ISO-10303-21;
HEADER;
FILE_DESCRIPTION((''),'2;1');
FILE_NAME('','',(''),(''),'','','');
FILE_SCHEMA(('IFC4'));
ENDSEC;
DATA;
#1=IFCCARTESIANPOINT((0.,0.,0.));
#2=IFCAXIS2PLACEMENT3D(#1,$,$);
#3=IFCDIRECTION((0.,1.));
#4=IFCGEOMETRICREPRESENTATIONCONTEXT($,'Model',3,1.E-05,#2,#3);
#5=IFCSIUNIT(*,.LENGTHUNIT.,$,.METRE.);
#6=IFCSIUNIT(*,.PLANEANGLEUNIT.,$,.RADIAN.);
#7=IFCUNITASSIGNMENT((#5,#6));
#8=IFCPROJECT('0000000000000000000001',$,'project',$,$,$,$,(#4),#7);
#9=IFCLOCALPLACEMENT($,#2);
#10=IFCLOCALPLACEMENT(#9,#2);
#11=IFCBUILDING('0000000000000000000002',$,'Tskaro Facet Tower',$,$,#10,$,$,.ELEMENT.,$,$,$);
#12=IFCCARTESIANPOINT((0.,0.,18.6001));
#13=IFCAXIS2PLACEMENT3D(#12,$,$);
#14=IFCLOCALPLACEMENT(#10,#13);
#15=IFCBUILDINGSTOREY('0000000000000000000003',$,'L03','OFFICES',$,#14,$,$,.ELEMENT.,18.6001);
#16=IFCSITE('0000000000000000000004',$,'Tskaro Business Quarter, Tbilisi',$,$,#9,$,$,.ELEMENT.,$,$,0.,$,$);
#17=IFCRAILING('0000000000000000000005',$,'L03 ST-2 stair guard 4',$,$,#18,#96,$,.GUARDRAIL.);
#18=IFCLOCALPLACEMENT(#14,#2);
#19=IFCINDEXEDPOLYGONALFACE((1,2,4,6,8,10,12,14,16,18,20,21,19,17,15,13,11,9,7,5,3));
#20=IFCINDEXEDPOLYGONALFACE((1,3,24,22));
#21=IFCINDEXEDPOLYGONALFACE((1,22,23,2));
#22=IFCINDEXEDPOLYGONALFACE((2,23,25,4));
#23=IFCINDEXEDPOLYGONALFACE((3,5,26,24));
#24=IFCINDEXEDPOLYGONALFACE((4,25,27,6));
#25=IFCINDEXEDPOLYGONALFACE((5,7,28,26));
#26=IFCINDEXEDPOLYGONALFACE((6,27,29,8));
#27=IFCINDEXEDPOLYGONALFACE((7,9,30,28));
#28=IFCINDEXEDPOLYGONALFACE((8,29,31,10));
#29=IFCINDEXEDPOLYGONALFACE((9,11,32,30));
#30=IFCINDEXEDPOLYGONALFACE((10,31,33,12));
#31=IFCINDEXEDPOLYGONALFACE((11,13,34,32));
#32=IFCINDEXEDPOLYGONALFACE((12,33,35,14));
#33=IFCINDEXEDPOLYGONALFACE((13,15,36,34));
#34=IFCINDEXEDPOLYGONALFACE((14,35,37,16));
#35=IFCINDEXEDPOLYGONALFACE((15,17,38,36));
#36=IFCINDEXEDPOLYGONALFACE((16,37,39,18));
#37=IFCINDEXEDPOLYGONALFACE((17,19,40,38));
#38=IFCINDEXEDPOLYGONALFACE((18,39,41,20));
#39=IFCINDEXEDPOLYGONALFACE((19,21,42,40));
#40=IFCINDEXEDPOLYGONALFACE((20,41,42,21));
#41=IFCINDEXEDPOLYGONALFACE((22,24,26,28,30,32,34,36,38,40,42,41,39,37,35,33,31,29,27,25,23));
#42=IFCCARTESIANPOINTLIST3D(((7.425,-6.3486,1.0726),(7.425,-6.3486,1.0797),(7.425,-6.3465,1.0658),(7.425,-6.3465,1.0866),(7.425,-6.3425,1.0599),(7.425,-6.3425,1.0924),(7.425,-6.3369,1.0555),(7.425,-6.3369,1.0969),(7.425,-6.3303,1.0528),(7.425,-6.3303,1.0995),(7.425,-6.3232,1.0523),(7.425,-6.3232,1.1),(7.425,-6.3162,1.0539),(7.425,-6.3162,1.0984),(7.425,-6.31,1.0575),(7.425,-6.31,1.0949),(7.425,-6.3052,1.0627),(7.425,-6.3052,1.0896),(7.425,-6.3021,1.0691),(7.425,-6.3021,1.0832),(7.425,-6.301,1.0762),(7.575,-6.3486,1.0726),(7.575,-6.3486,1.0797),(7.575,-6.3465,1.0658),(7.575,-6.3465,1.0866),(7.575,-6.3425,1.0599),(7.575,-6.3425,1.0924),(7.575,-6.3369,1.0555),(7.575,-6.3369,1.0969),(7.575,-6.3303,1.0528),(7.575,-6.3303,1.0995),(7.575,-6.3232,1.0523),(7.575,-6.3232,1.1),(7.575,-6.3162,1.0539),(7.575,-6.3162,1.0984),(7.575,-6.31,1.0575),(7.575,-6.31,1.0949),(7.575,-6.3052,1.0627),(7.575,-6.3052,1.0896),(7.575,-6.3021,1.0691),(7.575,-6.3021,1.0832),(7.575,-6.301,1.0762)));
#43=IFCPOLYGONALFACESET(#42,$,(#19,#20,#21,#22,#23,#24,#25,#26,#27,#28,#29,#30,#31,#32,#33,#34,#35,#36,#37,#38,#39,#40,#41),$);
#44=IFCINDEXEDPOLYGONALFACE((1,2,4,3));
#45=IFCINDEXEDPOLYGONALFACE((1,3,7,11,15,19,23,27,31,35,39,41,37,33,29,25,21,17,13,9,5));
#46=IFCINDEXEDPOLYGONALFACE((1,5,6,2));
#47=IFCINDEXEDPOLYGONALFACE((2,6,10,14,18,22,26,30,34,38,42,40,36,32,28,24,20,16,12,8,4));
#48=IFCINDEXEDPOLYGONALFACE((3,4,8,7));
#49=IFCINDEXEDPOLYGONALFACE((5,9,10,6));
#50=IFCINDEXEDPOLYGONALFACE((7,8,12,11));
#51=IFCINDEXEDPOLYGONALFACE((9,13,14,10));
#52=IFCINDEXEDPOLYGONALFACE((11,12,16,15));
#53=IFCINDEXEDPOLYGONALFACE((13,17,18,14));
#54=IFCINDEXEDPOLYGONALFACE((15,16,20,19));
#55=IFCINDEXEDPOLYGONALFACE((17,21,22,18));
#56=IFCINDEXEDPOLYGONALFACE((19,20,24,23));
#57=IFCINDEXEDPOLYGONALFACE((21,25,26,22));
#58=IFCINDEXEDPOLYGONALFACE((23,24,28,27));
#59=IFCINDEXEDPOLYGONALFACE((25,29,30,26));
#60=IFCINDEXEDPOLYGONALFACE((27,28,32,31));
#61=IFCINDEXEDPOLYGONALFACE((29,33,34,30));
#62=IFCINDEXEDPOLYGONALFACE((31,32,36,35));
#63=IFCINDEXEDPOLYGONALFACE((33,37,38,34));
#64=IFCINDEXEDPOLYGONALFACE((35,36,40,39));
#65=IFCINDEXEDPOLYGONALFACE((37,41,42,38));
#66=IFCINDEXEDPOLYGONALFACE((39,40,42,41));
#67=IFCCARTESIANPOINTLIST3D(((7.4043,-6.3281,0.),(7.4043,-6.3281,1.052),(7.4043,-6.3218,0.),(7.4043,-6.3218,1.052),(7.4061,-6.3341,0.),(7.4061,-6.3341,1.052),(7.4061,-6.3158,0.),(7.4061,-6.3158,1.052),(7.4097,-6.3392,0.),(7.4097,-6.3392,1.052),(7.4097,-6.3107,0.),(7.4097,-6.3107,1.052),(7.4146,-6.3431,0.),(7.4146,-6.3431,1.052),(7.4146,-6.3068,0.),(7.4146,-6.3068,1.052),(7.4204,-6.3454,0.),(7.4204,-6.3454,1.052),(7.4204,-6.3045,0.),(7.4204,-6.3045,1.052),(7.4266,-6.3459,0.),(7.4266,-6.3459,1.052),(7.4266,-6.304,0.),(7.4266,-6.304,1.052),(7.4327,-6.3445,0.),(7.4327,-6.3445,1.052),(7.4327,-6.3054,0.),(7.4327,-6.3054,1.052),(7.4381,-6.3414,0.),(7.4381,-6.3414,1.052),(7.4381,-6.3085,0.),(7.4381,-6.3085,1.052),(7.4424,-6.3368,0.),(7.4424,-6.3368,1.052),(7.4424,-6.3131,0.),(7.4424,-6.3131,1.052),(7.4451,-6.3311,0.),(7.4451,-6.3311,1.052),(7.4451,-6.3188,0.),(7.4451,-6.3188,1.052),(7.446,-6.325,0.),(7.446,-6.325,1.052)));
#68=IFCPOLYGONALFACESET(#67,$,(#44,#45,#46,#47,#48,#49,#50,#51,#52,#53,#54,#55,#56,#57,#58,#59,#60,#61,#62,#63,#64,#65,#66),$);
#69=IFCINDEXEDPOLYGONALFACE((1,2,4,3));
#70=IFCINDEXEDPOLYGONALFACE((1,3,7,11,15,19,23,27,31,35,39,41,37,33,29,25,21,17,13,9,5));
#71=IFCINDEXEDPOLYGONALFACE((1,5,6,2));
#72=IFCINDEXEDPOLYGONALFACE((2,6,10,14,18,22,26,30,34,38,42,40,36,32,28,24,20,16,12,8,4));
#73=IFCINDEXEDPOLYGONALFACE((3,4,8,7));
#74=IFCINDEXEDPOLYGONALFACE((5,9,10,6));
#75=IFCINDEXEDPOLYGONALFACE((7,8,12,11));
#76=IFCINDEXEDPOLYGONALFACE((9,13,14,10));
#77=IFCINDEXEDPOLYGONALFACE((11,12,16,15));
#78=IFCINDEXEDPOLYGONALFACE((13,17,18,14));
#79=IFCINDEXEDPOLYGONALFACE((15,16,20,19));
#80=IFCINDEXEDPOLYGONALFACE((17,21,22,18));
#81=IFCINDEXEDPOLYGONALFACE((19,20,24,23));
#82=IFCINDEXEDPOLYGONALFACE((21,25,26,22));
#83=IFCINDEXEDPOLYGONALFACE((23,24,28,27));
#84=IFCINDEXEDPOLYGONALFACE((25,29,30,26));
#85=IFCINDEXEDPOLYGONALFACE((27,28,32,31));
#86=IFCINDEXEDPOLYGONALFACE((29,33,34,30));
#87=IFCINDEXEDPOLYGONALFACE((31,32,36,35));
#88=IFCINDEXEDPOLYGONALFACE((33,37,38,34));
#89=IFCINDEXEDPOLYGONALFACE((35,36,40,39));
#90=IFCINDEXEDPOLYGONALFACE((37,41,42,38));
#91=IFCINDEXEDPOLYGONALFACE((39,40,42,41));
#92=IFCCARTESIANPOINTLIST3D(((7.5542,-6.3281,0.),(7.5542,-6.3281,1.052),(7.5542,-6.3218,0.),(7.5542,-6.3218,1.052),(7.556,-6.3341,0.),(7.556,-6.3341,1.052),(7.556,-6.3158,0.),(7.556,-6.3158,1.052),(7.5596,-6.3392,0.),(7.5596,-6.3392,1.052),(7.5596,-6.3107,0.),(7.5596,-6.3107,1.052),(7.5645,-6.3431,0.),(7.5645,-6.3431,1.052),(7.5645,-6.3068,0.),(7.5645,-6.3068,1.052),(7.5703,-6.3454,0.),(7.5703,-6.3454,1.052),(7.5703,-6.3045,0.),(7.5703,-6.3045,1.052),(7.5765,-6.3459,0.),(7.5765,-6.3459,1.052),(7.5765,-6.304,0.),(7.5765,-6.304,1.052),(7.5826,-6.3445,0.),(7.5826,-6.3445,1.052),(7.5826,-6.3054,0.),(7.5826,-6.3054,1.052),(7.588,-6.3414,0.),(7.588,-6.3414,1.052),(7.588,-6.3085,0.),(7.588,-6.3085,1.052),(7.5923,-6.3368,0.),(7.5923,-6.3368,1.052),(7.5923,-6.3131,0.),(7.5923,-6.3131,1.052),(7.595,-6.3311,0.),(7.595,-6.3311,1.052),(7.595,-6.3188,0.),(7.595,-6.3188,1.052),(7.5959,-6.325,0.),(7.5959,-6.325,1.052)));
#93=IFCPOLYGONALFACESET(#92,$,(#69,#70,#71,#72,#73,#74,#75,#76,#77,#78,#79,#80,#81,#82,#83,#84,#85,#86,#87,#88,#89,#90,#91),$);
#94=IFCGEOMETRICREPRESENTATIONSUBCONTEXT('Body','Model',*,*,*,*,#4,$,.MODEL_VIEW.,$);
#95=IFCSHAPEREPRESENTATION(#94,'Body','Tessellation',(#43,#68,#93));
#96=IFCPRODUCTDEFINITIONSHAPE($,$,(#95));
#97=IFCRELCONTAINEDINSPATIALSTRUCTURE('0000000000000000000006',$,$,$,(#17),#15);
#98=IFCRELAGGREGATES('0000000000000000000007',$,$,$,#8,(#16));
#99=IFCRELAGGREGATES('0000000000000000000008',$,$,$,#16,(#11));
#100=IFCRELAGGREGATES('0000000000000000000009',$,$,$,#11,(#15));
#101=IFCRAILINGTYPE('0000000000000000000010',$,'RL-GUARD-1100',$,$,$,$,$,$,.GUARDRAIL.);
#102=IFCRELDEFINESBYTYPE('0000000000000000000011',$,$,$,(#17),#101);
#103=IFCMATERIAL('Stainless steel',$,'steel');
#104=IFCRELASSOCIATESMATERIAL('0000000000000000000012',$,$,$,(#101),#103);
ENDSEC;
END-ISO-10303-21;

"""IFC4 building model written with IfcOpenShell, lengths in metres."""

from ifc_helpers import new_model, si_unit, direction, frame, origin, origin_2d, place, context, subcontext, project, spatial, circle, extrude, material, type_object, element, save


model = new_model("IFC4")

# Units and contexts
model_context = context("Model", 3, precision=1e-05, world=origin(), true_north=direction((0.0, 1.0)))
body_context = subcontext(model_context, "Body", "Model", "MODEL_VIEW")
ifc_project = project(units=[si_unit("LENGTHUNIT", "METRE"), si_unit("PLANEANGLEUNIT", "RADIAN")], contexts=[model_context])

# Site, building, storey
site_placement = place(None, origin())
site = spatial("IfcSite", under=ifc_project, at=site_placement, Name="Tskaro Business Quarter, Tbilisi", CompositionType="ELEMENT", RefElevation=0.0)
building_placement = place(site_placement, origin())
building = spatial("IfcBuilding", under=site, at=building_placement, Name="Tskaro Facet Tower", CompositionType="ELEMENT")
storey_placement = place(building_placement, frame((0.0, 0.0, 18.6001)))
storey = spatial("IfcBuildingStorey", under=building, at=storey_placement, Name="L03", Description="OFFICES", CompositionType="ELEMENT", Elevation=18.6001)

# Railing
ifc_material_1 = material(Name="Stainless steel", Category="steel")
railing_type_1 = type_object("IfcRailingType", Name="RL-GUARD-1100", PredefinedType="GUARDRAIL", material=ifc_material_1)
railing_1_placement = place(storey_placement, frame((7.425, -6.325, 0.0)))
element("IfcRailing", 1, at=railing_1_placement, inside=storey, type_object=railing_type_1, Name="L03 ST-2 stair guard 4", PredefinedType="GUARDRAIL", context=body_context, shape_type="SweptSolid", body=[
    extrude(circle(Radius=0.0239, at=origin_2d()), frame((0.0, 0.0, 1.0762), z_axis=(1.0, 0.0, 0.0), x_axis=(0.0, 1.0, 0.0)), (0.0, 0.0, 1.0), 0.1499),
    extrude(circle(Radius=0.021, at=origin_2d()), origin(), (0.0, 0.0, 1.0), 1.052),
    extrude(circle(Radius=0.021, at=origin_2d()), frame((0.1499, 0.0, 0.0)), (0.0, 0.0, 1.0), 1.052),
])

save(model, "model.ifc")
